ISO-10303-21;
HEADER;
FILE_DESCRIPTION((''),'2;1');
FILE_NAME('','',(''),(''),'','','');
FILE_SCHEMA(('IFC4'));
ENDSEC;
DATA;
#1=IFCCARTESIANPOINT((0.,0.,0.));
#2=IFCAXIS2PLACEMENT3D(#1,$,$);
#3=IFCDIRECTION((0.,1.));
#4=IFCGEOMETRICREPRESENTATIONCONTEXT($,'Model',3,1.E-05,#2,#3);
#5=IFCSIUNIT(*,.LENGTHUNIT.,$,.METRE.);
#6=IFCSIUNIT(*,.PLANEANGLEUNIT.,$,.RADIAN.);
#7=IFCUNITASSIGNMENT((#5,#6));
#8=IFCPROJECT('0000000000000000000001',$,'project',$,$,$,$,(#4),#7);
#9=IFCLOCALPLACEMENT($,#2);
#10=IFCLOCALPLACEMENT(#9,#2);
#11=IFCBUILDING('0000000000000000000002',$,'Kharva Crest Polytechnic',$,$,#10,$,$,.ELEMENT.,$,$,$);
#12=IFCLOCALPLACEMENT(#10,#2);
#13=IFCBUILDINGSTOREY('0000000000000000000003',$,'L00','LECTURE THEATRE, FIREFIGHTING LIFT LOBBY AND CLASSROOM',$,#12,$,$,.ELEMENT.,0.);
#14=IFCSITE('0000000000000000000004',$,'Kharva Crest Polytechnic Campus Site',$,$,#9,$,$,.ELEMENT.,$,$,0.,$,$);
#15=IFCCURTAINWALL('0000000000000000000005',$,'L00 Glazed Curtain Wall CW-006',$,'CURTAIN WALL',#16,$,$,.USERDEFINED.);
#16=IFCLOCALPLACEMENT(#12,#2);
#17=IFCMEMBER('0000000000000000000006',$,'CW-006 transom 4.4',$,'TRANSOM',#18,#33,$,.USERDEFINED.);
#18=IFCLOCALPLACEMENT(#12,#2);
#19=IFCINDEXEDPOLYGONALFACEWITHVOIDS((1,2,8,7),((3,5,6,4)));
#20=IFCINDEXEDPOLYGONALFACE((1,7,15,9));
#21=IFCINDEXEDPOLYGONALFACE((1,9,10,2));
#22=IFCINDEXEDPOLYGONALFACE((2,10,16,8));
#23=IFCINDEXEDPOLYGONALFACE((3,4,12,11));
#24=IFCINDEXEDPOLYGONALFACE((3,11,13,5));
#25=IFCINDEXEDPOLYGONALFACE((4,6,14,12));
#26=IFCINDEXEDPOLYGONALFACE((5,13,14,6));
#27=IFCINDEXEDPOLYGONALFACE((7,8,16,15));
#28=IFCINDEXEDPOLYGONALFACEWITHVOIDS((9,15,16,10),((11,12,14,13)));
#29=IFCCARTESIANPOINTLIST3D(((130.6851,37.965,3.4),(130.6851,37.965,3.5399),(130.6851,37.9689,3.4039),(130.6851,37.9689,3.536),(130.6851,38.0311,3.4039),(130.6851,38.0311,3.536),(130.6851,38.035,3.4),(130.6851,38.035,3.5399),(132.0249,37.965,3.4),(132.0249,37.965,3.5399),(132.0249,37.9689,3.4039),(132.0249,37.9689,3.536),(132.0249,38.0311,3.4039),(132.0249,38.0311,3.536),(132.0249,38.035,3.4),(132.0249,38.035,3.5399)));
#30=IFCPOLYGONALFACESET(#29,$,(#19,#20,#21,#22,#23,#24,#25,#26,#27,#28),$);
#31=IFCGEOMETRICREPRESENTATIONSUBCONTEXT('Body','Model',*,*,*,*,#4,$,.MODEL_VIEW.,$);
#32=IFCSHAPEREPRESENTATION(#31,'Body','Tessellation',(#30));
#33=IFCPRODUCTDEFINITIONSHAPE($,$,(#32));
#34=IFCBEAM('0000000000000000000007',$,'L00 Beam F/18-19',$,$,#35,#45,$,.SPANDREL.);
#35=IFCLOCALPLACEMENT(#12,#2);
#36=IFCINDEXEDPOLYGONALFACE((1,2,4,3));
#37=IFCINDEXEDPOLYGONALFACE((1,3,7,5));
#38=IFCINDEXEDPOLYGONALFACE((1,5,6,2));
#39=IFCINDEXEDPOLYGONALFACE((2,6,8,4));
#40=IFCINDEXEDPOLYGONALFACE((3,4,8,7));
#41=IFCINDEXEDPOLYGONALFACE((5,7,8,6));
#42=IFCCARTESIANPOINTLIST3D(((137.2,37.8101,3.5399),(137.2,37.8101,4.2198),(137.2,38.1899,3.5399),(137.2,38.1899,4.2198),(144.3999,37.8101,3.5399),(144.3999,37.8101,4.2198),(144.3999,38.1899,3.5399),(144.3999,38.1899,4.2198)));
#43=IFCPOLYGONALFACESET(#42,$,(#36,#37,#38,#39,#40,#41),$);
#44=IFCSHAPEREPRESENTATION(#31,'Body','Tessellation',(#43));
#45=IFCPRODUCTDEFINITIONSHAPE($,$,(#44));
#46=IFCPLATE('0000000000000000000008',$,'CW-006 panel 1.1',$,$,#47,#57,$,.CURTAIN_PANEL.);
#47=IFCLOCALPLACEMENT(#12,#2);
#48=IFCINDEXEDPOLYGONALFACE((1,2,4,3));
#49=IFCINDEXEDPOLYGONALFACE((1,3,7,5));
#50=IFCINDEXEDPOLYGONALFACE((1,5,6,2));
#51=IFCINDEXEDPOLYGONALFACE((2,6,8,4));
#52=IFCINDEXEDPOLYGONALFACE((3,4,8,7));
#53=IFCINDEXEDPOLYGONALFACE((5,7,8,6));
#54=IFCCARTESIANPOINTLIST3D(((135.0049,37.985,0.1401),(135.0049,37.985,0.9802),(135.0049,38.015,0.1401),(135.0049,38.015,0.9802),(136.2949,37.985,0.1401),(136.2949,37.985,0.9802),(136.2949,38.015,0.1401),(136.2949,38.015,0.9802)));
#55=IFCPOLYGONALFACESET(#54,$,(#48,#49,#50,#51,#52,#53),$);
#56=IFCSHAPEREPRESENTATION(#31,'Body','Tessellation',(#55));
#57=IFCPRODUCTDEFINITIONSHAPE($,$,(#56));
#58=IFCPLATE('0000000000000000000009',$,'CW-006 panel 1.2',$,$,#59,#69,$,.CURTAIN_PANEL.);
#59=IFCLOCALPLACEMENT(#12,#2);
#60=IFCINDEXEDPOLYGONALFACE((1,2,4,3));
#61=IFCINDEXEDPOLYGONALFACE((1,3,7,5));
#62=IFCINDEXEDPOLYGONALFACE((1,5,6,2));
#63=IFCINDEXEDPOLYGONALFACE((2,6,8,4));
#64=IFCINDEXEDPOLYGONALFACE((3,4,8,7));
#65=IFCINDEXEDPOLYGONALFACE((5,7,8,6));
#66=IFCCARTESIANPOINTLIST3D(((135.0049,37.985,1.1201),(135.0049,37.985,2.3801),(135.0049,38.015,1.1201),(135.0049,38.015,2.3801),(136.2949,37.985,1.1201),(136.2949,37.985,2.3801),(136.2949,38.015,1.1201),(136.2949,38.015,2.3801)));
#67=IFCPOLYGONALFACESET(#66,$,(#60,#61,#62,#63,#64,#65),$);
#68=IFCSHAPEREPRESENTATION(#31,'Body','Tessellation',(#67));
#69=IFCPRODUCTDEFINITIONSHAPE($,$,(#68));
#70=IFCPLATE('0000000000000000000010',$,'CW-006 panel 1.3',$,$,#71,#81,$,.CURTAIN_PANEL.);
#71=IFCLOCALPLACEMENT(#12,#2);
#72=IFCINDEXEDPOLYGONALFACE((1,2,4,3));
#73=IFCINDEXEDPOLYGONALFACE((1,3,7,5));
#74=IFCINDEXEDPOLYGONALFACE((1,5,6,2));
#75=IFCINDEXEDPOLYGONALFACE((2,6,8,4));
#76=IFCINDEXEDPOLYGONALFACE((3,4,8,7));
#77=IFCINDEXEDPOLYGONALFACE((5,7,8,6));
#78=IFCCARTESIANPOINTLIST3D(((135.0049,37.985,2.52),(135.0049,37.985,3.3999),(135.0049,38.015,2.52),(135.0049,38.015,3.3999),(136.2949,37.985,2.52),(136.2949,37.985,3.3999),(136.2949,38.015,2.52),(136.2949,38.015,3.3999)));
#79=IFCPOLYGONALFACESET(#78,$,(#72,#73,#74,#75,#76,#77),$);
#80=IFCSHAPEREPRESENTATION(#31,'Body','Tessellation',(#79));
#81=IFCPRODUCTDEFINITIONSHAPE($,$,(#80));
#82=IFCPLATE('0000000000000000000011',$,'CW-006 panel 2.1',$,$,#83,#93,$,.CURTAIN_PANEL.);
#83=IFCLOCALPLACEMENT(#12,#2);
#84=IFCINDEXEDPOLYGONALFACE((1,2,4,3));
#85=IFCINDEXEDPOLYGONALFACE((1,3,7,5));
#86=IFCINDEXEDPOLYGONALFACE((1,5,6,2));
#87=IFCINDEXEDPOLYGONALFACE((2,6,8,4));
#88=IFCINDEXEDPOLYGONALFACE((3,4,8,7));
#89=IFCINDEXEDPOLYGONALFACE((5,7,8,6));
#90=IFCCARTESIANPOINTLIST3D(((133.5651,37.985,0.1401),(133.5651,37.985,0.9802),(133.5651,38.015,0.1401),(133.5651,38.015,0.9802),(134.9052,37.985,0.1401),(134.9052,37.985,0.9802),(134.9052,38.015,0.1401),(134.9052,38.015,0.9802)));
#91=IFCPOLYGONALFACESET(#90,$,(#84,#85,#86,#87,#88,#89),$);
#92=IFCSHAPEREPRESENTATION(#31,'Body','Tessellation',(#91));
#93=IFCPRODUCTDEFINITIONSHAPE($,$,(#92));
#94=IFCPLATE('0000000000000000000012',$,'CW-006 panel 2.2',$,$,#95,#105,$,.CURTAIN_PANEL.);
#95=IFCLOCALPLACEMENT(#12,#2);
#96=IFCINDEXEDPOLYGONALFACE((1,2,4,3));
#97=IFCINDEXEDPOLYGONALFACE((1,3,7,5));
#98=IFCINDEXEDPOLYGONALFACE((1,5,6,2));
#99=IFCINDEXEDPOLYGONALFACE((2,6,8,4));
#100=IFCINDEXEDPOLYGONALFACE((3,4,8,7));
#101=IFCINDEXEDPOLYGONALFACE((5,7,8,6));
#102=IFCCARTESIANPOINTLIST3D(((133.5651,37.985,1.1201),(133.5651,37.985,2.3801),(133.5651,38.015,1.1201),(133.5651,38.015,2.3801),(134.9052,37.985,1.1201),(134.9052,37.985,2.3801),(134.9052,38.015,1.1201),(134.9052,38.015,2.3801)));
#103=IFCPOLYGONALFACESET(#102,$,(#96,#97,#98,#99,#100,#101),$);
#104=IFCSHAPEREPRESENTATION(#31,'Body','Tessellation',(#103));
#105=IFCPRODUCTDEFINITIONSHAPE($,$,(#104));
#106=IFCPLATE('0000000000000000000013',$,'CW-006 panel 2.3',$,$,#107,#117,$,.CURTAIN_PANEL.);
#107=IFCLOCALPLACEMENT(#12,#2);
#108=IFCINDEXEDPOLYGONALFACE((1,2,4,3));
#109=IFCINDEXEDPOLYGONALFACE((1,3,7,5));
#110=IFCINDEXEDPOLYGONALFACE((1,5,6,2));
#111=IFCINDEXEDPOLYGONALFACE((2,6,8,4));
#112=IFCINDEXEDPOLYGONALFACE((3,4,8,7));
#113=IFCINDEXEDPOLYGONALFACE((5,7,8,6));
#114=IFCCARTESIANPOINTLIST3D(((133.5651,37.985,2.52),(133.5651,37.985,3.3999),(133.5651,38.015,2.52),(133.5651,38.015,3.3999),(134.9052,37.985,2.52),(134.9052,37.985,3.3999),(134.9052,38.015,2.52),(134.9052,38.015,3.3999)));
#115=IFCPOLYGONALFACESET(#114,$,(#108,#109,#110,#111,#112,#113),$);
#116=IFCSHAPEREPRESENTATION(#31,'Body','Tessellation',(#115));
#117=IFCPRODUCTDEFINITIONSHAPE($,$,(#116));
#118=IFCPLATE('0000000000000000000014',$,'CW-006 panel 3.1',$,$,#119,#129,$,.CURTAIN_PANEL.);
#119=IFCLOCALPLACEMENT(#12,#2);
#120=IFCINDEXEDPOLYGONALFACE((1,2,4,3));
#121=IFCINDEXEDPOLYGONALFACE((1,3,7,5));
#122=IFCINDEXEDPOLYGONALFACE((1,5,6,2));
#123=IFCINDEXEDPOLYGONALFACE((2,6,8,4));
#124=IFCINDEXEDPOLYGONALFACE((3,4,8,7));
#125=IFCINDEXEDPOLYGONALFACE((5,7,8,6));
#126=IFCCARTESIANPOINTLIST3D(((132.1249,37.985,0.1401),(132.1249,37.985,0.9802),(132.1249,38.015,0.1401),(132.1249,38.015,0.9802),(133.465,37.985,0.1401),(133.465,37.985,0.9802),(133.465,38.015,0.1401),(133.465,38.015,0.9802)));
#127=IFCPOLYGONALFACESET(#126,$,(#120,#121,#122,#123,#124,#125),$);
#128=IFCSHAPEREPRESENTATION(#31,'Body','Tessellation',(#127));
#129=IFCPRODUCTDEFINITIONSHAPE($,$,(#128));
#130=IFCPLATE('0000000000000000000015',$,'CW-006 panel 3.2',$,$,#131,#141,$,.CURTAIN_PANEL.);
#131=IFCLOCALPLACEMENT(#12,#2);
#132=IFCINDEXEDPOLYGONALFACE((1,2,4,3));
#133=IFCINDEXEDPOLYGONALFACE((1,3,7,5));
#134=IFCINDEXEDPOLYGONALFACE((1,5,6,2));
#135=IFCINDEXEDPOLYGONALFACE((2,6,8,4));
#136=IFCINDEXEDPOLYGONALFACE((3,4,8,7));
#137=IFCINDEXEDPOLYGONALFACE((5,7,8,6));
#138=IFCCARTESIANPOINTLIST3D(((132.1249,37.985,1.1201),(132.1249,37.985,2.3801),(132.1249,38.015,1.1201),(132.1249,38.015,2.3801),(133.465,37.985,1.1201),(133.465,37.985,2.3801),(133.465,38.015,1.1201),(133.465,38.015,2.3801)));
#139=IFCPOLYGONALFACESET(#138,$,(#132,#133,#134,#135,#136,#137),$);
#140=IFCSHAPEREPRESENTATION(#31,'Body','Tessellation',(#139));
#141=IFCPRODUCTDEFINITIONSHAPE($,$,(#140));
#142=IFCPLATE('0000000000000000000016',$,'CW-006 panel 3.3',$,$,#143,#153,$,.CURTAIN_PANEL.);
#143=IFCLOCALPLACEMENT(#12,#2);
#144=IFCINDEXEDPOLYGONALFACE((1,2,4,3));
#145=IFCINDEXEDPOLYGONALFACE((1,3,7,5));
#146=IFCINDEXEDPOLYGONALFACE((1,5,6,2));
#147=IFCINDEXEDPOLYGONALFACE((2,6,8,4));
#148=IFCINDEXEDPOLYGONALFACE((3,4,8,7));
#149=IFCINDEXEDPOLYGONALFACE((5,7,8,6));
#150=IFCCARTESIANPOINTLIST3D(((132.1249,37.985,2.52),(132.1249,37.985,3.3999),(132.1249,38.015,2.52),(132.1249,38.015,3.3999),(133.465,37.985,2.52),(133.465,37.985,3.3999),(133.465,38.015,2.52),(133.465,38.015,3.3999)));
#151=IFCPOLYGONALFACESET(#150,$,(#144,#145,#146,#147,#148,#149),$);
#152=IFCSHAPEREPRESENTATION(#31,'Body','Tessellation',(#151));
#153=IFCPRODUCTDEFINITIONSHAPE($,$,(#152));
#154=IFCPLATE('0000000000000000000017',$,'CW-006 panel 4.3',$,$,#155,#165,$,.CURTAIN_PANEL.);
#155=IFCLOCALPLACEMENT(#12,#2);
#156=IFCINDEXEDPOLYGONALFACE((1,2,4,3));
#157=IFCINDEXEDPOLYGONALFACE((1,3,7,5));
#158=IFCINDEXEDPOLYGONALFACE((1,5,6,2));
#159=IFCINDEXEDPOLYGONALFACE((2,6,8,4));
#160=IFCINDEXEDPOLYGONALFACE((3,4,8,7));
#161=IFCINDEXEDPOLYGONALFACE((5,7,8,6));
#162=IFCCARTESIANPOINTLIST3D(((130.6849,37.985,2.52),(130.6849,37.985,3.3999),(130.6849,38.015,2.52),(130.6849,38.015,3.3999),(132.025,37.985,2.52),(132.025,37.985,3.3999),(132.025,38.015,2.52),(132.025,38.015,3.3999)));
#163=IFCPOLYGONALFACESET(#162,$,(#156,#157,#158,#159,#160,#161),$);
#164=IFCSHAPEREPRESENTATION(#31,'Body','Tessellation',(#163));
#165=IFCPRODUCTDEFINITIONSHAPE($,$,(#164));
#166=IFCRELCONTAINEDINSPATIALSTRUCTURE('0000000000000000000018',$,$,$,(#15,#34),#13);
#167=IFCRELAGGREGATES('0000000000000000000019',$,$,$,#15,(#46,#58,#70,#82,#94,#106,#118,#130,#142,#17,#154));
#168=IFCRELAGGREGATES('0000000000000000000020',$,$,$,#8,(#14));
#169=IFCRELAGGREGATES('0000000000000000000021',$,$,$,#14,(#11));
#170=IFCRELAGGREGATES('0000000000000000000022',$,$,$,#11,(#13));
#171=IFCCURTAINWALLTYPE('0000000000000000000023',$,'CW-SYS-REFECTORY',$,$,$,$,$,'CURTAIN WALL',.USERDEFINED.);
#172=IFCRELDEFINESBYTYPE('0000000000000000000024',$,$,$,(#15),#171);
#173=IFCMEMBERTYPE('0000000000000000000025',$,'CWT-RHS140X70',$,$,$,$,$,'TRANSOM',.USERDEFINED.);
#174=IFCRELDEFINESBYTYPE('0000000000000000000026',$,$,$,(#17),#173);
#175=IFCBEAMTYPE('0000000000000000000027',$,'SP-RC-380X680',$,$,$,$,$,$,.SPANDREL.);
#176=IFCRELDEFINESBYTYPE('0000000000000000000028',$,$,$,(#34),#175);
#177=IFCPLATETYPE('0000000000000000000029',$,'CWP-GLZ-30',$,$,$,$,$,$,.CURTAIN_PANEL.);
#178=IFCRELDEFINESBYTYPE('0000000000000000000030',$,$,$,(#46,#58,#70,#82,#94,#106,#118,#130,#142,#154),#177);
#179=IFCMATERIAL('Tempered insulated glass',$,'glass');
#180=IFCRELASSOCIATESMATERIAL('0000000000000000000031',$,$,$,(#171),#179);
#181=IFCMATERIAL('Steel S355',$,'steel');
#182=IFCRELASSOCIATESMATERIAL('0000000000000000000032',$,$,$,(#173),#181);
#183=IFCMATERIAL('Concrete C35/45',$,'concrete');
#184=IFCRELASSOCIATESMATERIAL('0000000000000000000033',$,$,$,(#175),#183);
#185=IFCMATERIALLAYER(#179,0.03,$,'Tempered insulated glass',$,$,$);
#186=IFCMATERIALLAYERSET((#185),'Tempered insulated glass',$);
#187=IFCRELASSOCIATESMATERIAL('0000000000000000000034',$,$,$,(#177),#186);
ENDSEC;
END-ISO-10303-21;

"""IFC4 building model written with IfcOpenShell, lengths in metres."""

from ifc_helpers import new_model, si_unit, direction, frame, origin, origin_2d, place, context, subcontext, project, spatial, rectangle, hollow_rectangle, extrude, material, layer, layer_set, material_profile, profile_set, type_object, element, aggregate, save


model = new_model("IFC4")

# Units and contexts
model_context = context("Model", 3, precision=1e-05, world=origin(), true_north=direction((0.0, 1.0)))
body_context = subcontext(model_context, "Body", "Model", "MODEL_VIEW")
ifc_project = project(units=[si_unit("LENGTHUNIT", "METRE"), si_unit("PLANEANGLEUNIT", "RADIAN")], contexts=[model_context])

# Site, building, storey
site_placement = place(None, origin())
site = spatial("IfcSite", under=ifc_project, at=site_placement, Name="Kharva Crest Polytechnic Campus Site", CompositionType="ELEMENT", RefElevation=0.0)
building_placement = place(site_placement, origin())
building = spatial("IfcBuilding", under=site, at=building_placement, Name="Kharva Crest Polytechnic", CompositionType="ELEMENT")
storey_placement = place(building_placement, origin())
storey = spatial("IfcBuildingStorey", under=building, at=storey_placement, Name="L00", Description="LECTURE THEATRE, FIREFIGHTING LIFT LOBBY AND CLASSROOM", CompositionType="ELEMENT", Elevation=0.0)

# Curtain wall, member
ifc_material_1 = material(Name="Tempered insulated glass", Category="glass")
curtain_wall_type = type_object("IfcCurtainWallType", Name="CW-SYS-REFECTORY", ElementType="CURTAIN WALL", PredefinedType="USERDEFINED", material=ifc_material_1)
curtain_wall_placement = place(storey_placement, origin())
curtain_wall = element("IfcCurtainWall", 1, at=curtain_wall_placement, inside=storey, type_object=curtain_wall_type, Name="L00 Glazed Curtain Wall CW-006", ObjectType="CURTAIN WALL", PredefinedType="USERDEFINED")
ifc_material_2 = material(Name="Steel S355", Category="steel")
ifc_material_profile_1 = material_profile(ifc_material_2, hollow_rectangle(XDim=0.0701, YDim=0.1399, WallThickness=0.0039, at=origin_2d()), Name="RHS 140X70X4.0")
ifc_profile_set_1 = profile_set([ifc_material_profile_1], Name="Steel S355")
member_type_1 = type_object("IfcMemberType", Name="CWT-RHS140X70", ElementType="TRANSOM", PredefinedType="USERDEFINED", material=ifc_profile_set_1)
member_1_placement = place(storey_placement, frame((132.0249, 38.0, 3.47), z_axis=(-1.0, 0.0, 0.0), x_axis=(0.0, -1.0, 0.0)))
member_1 = element("IfcMember", 2, at=member_1_placement, type_object=member_type_1, Name="CW-006 transom 4.4", ObjectType="TRANSOM", PredefinedType="USERDEFINED", context=body_context, shape_type="SweptSolid", body=[
    extrude(hollow_rectangle(XDim=0.0701, YDim=0.1399, WallThickness=0.0039, at=origin_2d()), origin(), (0.0, 0.0, 1.0), 1.3398),
])

# Beam
ifc_material_3 = material(Name="Concrete C35/45", Category="concrete")
ifc_material_profile_2 = material_profile(ifc_material_3, rectangle(XDim=0.3799, YDim=0.6799, at=origin_2d()), Name="RECT 380 X 680")
ifc_profile_set_2 = profile_set([ifc_material_profile_2], Name="Concrete C35/45")
beam_type = type_object("IfcBeamType", Name="SP-RC-380X680", PredefinedType="SPANDREL", material=ifc_profile_set_2)
beam_placement = place(storey_placement, frame((137.2, 38.0, 3.8799), z_axis=(1.0, 0.0, 0.0), x_axis=(0.0, 1.0, 0.0)))
element("IfcBeam", 3, at=beam_placement, inside=storey, type_object=beam_type, Name="L00 Beam F/18-19", PredefinedType="SPANDREL", context=body_context, shape_type="SweptSolid", body=[
    extrude(rectangle(XDim=0.3799, YDim=0.6799, at=origin_2d()), origin(), (0.0, 0.0, 1.0), 7.2),
])

# Plates
ifc_layer = layer(ifc_material_1, 0.03, Name="Tempered insulated glass")
ifc_layer_set = layer_set([ifc_layer], Name="Tempered insulated glass")
plate_type = type_object("IfcPlateType", Name="CWP-GLZ-30", PredefinedType="CURTAIN_PANEL", material=ifc_layer_set)
plate_1_placement = place(storey_placement, frame((135.6499, 38.0, 0.1401), z_axis=(0.0, 0.0, 1.0), x_axis=(-1.0, 0.0, 0.0)))
plate_1 = element("IfcPlate", 4, at=plate_1_placement, type_object=plate_type, Name="CW-006 panel 1.1", PredefinedType="CURTAIN_PANEL", context=body_context, shape_type="SweptSolid", body=[
    extrude(rectangle(XDim=1.29, YDim=0.03, at=origin_2d()), origin(), (0.0, 0.0, 1.0), 0.8401),
])
plate_2_placement = place(storey_placement, frame((135.6499, 38.0, 1.1201), z_axis=(0.0, 0.0, 1.0), x_axis=(-1.0, 0.0, 0.0)))
plate_2 = element("IfcPlate", 5, at=plate_2_placement, type_object=plate_type, Name="CW-006 panel 1.2", PredefinedType="CURTAIN_PANEL", context=body_context, shape_type="SweptSolid", body=[
    extrude(rectangle(XDim=1.29, YDim=0.03, at=origin_2d()), origin(), (0.0, 0.0, 1.0), 1.26),
])
plate_3_placement = place(storey_placement, frame((135.6499, 38.0, 2.52), z_axis=(0.0, 0.0, 1.0), x_axis=(-1.0, 0.0, 0.0)))
plate_3 = element("IfcPlate", 6, at=plate_3_placement, type_object=plate_type, Name="CW-006 panel 1.3", PredefinedType="CURTAIN_PANEL", context=body_context, shape_type="SweptSolid", body=[
    extrude(rectangle(XDim=1.29, YDim=0.03, at=origin_2d()), origin(), (0.0, 0.0, 1.0), 0.8799),
])
plate_4_placement = place(storey_placement, frame((134.2351, 38.0, 0.1401), z_axis=(0.0, 0.0, 1.0), x_axis=(-1.0, 0.0, 0.0)))
plate_4 = element("IfcPlate", 7, at=plate_4_placement, type_object=plate_type, Name="CW-006 panel 2.1", PredefinedType="CURTAIN_PANEL", context=body_context, shape_type="SweptSolid", body=[
    extrude(rectangle(XDim=1.3401, YDim=0.03, at=origin_2d()), origin(), (0.0, 0.0, 1.0), 0.8401),
])
plate_5_placement = place(storey_placement, frame((134.2351, 38.0, 1.1201), z_axis=(0.0, 0.0, 1.0), x_axis=(-1.0, 0.0, 0.0)))
plate_5 = element("IfcPlate", 8, at=plate_5_placement, type_object=plate_type, Name="CW-006 panel 2.2", PredefinedType="CURTAIN_PANEL", context=body_context, shape_type="SweptSolid", body=[
    extrude(rectangle(XDim=1.3401, YDim=0.03, at=origin_2d()), origin(), (0.0, 0.0, 1.0), 1.26),
])
plate_6_placement = place(storey_placement, frame((134.2351, 38.0, 2.52), z_axis=(0.0, 0.0, 1.0), x_axis=(-1.0, 0.0, 0.0)))
plate_6 = element("IfcPlate", 9, at=plate_6_placement, type_object=plate_type, Name="CW-006 panel 2.3", PredefinedType="CURTAIN_PANEL", context=body_context, shape_type="SweptSolid", body=[
    extrude(rectangle(XDim=1.3401, YDim=0.03, at=origin_2d()), origin(), (0.0, 0.0, 1.0), 0.8799),
])
plate_7_placement = place(storey_placement, frame((132.7949, 38.0, 0.1401), z_axis=(0.0, 0.0, 1.0), x_axis=(-1.0, 0.0, 0.0)))
plate_7 = element("IfcPlate", 10, at=plate_7_placement, type_object=plate_type, Name="CW-006 panel 3.1", PredefinedType="CURTAIN_PANEL", context=body_context, shape_type="SweptSolid", body=[
    extrude(rectangle(XDim=1.3401, YDim=0.03, at=origin_2d()), origin(), (0.0, 0.0, 1.0), 0.8401),
])
plate_8_placement = place(storey_placement, frame((132.7949, 38.0, 1.1201), z_axis=(0.0, 0.0, 1.0), x_axis=(-1.0, 0.0, 0.0)))
plate_8 = element("IfcPlate", 11, at=plate_8_placement, type_object=plate_type, Name="CW-006 panel 3.2", PredefinedType="CURTAIN_PANEL", context=body_context, shape_type="SweptSolid", body=[
    extrude(rectangle(XDim=1.3401, YDim=0.03, at=origin_2d()), origin(), (0.0, 0.0, 1.0), 1.26),
])
plate_9_placement = place(storey_placement, frame((132.7949, 38.0, 2.52), z_axis=(0.0, 0.0, 1.0), x_axis=(-1.0, 0.0, 0.0)))
plate_9 = element("IfcPlate", 12, at=plate_9_placement, type_object=plate_type, Name="CW-006 panel 3.3", PredefinedType="CURTAIN_PANEL", context=body_context, shape_type="SweptSolid", body=[
    extrude(rectangle(XDim=1.3401, YDim=0.03, at=origin_2d()), origin(), (0.0, 0.0, 1.0), 0.8799),
])
plate_10_placement = place(storey_placement, frame((131.355, 38.0, 2.52), z_axis=(0.0, 0.0, 1.0), x_axis=(-1.0, 0.0, 0.0)))
plate_10 = element("IfcPlate", 13, at=plate_10_placement, type_object=plate_type, Name="CW-006 panel 4.3", PredefinedType="CURTAIN_PANEL", context=body_context, shape_type="SweptSolid", body=[
    extrude(rectangle(XDim=1.3401, YDim=0.03, at=origin_2d()), origin(), (0.0, 0.0, 1.0), 0.8799),
])
aggregate(curtain_wall, [plate_1, plate_2, plate_3, plate_4, plate_5, plate_6, plate_7, plate_8, plate_9, member_1, plate_10])

save(model, "model.ifc")
